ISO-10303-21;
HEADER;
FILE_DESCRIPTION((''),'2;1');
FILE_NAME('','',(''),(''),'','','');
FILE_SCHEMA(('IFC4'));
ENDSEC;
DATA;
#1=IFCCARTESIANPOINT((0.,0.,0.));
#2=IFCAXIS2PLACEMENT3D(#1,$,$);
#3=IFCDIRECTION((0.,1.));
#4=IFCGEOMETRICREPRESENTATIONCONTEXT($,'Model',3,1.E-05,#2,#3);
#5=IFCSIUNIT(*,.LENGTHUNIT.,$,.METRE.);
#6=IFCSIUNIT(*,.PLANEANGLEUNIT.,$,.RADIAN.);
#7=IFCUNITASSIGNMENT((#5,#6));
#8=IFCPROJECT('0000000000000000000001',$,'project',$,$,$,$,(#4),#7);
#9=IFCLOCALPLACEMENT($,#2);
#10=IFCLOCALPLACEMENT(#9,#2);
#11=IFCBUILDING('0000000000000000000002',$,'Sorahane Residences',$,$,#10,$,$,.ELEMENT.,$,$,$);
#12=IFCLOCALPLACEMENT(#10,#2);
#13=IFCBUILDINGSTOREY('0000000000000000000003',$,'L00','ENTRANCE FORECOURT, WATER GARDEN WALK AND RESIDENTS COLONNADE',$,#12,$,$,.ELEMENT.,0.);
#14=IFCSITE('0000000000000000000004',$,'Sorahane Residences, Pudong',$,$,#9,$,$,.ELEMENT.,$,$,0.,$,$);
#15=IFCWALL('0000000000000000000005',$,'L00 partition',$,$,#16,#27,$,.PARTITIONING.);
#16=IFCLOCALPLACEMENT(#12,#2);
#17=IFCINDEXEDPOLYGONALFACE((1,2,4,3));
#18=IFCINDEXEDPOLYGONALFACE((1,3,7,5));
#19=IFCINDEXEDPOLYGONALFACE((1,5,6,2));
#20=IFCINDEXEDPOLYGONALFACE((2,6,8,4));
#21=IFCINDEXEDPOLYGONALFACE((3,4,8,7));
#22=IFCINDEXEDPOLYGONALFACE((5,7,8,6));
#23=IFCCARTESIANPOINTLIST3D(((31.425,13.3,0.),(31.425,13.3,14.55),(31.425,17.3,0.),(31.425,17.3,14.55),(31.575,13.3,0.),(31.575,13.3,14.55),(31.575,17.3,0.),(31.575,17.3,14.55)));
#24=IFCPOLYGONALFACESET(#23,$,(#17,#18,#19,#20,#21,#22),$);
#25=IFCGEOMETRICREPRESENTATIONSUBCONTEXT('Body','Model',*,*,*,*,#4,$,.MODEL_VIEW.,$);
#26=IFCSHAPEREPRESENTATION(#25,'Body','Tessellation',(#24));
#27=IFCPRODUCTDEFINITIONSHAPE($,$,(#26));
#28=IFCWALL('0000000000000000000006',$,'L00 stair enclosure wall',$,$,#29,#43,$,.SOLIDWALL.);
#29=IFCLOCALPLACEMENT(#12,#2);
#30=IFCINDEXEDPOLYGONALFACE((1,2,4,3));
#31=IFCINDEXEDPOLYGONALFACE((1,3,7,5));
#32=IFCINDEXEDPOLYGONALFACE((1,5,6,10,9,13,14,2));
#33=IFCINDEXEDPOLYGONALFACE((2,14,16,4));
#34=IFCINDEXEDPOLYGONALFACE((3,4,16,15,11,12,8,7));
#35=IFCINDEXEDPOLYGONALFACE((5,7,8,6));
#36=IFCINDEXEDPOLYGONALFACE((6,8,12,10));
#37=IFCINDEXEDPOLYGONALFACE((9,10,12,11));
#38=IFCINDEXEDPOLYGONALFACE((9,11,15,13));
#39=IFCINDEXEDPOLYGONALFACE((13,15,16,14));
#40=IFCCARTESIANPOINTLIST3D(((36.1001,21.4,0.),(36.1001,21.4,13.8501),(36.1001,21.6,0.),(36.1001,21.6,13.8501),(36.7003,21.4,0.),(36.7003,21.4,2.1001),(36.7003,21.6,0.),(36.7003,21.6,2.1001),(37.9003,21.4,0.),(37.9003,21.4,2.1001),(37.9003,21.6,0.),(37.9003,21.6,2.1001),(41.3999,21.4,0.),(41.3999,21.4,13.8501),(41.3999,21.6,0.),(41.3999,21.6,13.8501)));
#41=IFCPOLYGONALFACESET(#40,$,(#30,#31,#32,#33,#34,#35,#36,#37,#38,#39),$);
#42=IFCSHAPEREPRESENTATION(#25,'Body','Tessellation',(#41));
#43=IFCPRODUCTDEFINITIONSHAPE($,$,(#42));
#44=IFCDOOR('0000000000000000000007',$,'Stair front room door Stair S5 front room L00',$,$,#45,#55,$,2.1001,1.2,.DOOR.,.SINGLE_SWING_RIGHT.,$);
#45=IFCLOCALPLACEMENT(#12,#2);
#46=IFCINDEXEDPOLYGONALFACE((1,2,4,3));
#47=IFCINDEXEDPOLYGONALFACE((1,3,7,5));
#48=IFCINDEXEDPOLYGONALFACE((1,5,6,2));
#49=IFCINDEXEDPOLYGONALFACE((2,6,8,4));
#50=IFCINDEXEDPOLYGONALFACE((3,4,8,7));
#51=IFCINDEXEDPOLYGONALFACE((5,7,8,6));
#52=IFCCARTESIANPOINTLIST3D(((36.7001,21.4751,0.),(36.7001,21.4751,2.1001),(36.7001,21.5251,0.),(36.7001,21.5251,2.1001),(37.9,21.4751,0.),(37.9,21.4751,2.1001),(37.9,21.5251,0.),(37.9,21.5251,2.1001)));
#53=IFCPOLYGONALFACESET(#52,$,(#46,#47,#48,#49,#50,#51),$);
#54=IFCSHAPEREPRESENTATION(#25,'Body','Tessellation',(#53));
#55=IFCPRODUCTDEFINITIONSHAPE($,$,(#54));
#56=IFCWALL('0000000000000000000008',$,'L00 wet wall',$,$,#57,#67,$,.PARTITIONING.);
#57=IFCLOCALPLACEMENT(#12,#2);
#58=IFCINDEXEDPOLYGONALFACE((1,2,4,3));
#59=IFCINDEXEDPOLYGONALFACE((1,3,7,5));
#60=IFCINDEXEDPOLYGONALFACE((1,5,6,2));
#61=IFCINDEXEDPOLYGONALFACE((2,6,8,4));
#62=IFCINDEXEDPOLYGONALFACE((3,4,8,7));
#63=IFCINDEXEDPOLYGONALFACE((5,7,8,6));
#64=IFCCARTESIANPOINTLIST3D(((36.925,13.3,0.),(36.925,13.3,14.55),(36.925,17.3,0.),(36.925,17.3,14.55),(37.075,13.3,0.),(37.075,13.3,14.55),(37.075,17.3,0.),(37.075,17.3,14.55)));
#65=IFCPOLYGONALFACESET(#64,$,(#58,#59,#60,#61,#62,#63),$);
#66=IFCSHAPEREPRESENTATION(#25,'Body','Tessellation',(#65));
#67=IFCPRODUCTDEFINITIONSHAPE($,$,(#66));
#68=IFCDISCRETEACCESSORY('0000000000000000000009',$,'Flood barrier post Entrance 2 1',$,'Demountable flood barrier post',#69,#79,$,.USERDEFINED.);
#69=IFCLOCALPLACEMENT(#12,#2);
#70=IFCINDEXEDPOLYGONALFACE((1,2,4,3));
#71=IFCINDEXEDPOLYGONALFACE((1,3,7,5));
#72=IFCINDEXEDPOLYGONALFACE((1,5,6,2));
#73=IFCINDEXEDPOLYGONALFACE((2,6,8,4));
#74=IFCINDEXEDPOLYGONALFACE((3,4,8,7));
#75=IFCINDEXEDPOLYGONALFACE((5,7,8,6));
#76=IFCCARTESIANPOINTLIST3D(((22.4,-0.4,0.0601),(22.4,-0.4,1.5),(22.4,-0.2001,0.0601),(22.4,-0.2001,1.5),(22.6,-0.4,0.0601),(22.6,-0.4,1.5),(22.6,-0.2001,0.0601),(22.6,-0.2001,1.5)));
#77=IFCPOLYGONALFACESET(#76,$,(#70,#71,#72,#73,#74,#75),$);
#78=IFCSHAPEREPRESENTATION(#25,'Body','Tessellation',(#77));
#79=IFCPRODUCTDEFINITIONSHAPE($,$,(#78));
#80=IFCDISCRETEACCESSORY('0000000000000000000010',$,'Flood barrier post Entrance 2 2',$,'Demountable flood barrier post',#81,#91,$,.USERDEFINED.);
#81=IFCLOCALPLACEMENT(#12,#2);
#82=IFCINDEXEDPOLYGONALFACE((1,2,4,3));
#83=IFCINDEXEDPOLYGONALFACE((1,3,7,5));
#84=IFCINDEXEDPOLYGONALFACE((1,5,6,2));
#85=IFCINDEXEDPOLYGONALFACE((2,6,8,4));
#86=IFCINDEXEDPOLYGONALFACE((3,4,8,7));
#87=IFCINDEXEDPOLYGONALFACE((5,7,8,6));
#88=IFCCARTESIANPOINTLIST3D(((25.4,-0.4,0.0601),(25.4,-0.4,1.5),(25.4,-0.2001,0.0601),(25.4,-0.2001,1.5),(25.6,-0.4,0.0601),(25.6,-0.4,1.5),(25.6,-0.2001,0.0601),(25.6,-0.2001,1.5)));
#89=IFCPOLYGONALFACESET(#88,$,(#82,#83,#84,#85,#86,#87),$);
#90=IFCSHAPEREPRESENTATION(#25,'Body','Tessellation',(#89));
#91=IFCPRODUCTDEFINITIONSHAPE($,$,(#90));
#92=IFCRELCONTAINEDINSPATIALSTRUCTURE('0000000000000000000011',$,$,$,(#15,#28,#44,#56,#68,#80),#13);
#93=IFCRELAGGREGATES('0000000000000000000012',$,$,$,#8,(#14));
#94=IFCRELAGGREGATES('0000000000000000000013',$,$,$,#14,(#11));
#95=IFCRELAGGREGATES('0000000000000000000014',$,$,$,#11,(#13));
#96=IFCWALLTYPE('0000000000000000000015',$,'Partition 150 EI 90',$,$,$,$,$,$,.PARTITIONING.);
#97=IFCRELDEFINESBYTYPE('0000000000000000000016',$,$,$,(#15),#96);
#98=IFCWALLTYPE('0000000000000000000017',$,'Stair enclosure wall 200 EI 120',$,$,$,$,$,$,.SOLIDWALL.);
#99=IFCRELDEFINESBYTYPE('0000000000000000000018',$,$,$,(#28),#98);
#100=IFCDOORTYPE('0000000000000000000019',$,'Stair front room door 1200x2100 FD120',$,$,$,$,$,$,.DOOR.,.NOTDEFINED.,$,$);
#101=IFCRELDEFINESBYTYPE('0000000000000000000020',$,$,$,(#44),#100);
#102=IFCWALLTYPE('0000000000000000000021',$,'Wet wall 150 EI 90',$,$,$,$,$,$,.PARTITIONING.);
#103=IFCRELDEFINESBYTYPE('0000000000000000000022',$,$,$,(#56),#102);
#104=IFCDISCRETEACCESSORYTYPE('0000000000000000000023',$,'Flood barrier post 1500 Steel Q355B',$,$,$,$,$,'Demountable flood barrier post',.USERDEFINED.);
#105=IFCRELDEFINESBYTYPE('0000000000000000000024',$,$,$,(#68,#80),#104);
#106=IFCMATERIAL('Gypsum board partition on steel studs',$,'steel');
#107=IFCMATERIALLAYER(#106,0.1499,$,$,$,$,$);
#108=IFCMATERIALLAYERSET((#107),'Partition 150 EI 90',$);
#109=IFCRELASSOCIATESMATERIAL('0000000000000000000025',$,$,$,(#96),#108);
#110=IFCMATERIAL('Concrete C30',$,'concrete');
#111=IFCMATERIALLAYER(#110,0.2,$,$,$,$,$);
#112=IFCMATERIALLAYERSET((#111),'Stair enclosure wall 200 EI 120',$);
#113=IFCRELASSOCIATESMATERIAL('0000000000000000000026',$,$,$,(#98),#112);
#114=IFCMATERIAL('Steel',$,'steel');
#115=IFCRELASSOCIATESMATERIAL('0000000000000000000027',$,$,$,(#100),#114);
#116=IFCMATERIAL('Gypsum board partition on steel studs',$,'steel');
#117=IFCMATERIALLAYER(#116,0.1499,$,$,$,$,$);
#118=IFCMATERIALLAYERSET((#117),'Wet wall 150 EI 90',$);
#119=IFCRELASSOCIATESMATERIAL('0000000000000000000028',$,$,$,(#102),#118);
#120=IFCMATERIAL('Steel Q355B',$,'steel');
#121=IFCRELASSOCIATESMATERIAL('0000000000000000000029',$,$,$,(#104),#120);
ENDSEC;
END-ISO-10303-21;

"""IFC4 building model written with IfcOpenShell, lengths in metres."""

from ifc_helpers import new_model, si_unit, direction, frame, frame_2d, origin, origin_2d, place, context, subcontext, project, spatial, rectangle, extrude, material, layer, layer_set, type_object, element, fill, save


model = new_model("IFC4")

# Units and contexts
model_context = context("Model", 3, precision=1e-05, world=origin(), true_north=direction((0.0, 1.0)))
body_context = subcontext(model_context, "Body", "Model", "MODEL_VIEW")
ifc_project = project(units=[si_unit("LENGTHUNIT", "METRE"), si_unit("PLANEANGLEUNIT", "RADIAN")], contexts=[model_context])

# Site, building, storey
site_placement = place(None, origin())
site = spatial("IfcSite", under=ifc_project, at=site_placement, Name="Sorahane Residences, Pudong", CompositionType="ELEMENT", RefElevation=0.0)
building_placement = place(site_placement, origin())
building = spatial("IfcBuilding", under=site, at=building_placement, Name="Sorahane Residences", CompositionType="ELEMENT")
storey_placement = place(building_placement, origin())
storey = spatial("IfcBuildingStorey", under=building, at=storey_placement, Name="L00", Description="ENTRANCE FORECOURT, WATER GARDEN WALK AND RESIDENTS COLONNADE", CompositionType="ELEMENT", Elevation=0.0)

# Wall
ifc_material_1 = material(Name="Gypsum board partition on steel studs", Category="steel")
ifc_layer_1 = layer(ifc_material_1, 0.1499)
ifc_layer_set_1 = layer_set([ifc_layer_1], Name="Partition 150 EI 90")
wall_type_1 = type_object("IfcWallType", Name="Partition 150 EI 90", PredefinedType="PARTITIONING", material=ifc_layer_set_1)
wall_1_placement = place(storey_placement, frame((31.5, 13.3, 0.0), z_axis=(0.0, 0.0, 1.0), x_axis=(0.0, 1.0, 0.0)))
element("IfcWall", 1, at=wall_1_placement, inside=storey, type_object=wall_type_1, Name="L00 partition", PredefinedType="PARTITIONING", context=body_context, shape_type="SweptSolid", body=[
    extrude(rectangle(XDim=4.0, YDim=0.1499, at=frame_2d((2.0, 0.0))), origin(), (0.0, 0.0, 1.0), 14.55),
])

# Wall, opening, door
ifc_material_2 = material(Name="Concrete C30", Category="concrete")
ifc_layer_2 = layer(ifc_material_2, 0.2)
ifc_layer_set_2 = layer_set([ifc_layer_2], Name="Stair enclosure wall 200 EI 120")
wall_type_2 = type_object("IfcWallType", Name="Stair enclosure wall 200 EI 120", PredefinedType="SOLIDWALL", material=ifc_layer_set_2)
wall_2_placement = place(storey_placement, frame((36.1001, 21.5, 0.0), z_axis=(0.0, 0.0, 1.0), x_axis=(1.0, 0.0, 0.0)))
wall_2 = element("IfcWall", 2, at=wall_2_placement, inside=storey, type_object=wall_type_2, Name="L00 stair enclosure wall", PredefinedType="SOLIDWALL", context=body_context, shape_type="SweptSolid", body=[
    extrude(rectangle(XDim=5.2998, YDim=0.2, at=frame_2d((2.6499, 0.0))), origin(), (0.0, 0.0, 1.0), 13.8501),
])
opening_1_placement = place(wall_2_placement, frame((0.6001, 0.0, 0.0)))
opening_1 = element("IfcOpeningElement", 3, at=opening_1_placement, cuts=wall_2, PredefinedType="OPENING", context=body_context, shape_type="SweptSolid", body=[
    extrude(rectangle(XDim=1.2, YDim=2.1001, at=frame_2d((0.6001, 1.05))), frame((0.0, 0.1099, 0.0), z_axis=(0.0, -1.0, 0.0), x_axis=(1.0, 0.0, 0.0)), (0.0, 0.0, 1.0), 0.22),
])
ifc_material_3 = material(Name="Steel", Category="steel")
door_type_1 = type_object("IfcDoorType", Name="Stair front room door 1200x2100 FD120", OperationType="NOTDEFINED", PredefinedType="DOOR", material=ifc_material_3)
door_1_placement = place(opening_1_placement, frame((1.2, 0.0, 0.0), z_axis=(0.0, 0.0, 1.0), x_axis=(-1.0, 0.0, 0.0)))
door_1 = element("IfcDoor", 4, at=door_1_placement, inside=storey, type_object=door_type_1, Name="Stair front room door Stair S5 front room L00", OperationType="SINGLE_SWING_RIGHT", OverallHeight=2.1001, OverallWidth=1.2, PredefinedType="DOOR", context=body_context, shape_type="SweptSolid", body=[
    extrude(rectangle(XDim=1.2, YDim=2.1001, at=frame_2d((0.6001, 1.05))), frame((0.0, 0.0249, 0.0), z_axis=(0.0, -1.0, 0.0), x_axis=(1.0, 0.0, 0.0)), (0.0, 0.0, 1.0), 0.05),
])
fill(opening_1, door_1)

# Wall
ifc_material_4 = material(Name="Gypsum board partition on steel studs", Category="steel")
ifc_layer_3 = layer(ifc_material_4, 0.1499)
ifc_layer_set_3 = layer_set([ifc_layer_3], Name="Wet wall 150 EI 90")
wall_type_3 = type_object("IfcWallType", Name="Wet wall 150 EI 90", PredefinedType="PARTITIONING", material=ifc_layer_set_3)
wall_3_placement = place(storey_placement, frame((37.0, 13.3, 0.0), z_axis=(0.0, 0.0, 1.0), x_axis=(0.0, 1.0, 0.0)))
element("IfcWall", 5, at=wall_3_placement, inside=storey, type_object=wall_type_3, Name="L00 wet wall", PredefinedType="PARTITIONING", context=body_context, shape_type="SweptSolid", body=[
    extrude(rectangle(XDim=4.0, YDim=0.1499, at=frame_2d((2.0, 0.0))), origin(), (0.0, 0.0, 1.0), 14.55),
])

# Discrete accessories
ifc_material_5 = material(Name="Steel Q355B", Category="steel")
discrete_accessory_type = type_object("IfcDiscreteAccessoryType", Name="Flood barrier post 1500 Steel Q355B", ElementType="Demountable flood barrier post", PredefinedType="USERDEFINED", material=ifc_material_5)
for number, where, z_axis, x_axis, name in (
    (6, (22.5, -0.3, 0.0601), (0.0, 0.0, 1.0), (1.0, 0.0, 0.0), "Flood barrier post Entrance 2 1"),
    (7, (25.5, -0.3, 0.0601), (0.0, 0.0, 1.0), (1.0, 0.0, 0.0), "Flood barrier post Entrance 2 2"),
):
    element("IfcDiscreteAccessory", number, at=place(storey_placement, frame(where, z_axis=z_axis, x_axis=x_axis)), inside=storey, type_object=discrete_accessory_type, Name=name, ObjectType="Demountable flood barrier post", PredefinedType="USERDEFINED", context=body_context, shape_type="SweptSolid", body=[
        extrude(rectangle(XDim=0.2, YDim=0.2, at=origin_2d()), origin(), (0.0, 0.0, 1.0), 1.4399),
    ])

save(model, "model.ifc")
